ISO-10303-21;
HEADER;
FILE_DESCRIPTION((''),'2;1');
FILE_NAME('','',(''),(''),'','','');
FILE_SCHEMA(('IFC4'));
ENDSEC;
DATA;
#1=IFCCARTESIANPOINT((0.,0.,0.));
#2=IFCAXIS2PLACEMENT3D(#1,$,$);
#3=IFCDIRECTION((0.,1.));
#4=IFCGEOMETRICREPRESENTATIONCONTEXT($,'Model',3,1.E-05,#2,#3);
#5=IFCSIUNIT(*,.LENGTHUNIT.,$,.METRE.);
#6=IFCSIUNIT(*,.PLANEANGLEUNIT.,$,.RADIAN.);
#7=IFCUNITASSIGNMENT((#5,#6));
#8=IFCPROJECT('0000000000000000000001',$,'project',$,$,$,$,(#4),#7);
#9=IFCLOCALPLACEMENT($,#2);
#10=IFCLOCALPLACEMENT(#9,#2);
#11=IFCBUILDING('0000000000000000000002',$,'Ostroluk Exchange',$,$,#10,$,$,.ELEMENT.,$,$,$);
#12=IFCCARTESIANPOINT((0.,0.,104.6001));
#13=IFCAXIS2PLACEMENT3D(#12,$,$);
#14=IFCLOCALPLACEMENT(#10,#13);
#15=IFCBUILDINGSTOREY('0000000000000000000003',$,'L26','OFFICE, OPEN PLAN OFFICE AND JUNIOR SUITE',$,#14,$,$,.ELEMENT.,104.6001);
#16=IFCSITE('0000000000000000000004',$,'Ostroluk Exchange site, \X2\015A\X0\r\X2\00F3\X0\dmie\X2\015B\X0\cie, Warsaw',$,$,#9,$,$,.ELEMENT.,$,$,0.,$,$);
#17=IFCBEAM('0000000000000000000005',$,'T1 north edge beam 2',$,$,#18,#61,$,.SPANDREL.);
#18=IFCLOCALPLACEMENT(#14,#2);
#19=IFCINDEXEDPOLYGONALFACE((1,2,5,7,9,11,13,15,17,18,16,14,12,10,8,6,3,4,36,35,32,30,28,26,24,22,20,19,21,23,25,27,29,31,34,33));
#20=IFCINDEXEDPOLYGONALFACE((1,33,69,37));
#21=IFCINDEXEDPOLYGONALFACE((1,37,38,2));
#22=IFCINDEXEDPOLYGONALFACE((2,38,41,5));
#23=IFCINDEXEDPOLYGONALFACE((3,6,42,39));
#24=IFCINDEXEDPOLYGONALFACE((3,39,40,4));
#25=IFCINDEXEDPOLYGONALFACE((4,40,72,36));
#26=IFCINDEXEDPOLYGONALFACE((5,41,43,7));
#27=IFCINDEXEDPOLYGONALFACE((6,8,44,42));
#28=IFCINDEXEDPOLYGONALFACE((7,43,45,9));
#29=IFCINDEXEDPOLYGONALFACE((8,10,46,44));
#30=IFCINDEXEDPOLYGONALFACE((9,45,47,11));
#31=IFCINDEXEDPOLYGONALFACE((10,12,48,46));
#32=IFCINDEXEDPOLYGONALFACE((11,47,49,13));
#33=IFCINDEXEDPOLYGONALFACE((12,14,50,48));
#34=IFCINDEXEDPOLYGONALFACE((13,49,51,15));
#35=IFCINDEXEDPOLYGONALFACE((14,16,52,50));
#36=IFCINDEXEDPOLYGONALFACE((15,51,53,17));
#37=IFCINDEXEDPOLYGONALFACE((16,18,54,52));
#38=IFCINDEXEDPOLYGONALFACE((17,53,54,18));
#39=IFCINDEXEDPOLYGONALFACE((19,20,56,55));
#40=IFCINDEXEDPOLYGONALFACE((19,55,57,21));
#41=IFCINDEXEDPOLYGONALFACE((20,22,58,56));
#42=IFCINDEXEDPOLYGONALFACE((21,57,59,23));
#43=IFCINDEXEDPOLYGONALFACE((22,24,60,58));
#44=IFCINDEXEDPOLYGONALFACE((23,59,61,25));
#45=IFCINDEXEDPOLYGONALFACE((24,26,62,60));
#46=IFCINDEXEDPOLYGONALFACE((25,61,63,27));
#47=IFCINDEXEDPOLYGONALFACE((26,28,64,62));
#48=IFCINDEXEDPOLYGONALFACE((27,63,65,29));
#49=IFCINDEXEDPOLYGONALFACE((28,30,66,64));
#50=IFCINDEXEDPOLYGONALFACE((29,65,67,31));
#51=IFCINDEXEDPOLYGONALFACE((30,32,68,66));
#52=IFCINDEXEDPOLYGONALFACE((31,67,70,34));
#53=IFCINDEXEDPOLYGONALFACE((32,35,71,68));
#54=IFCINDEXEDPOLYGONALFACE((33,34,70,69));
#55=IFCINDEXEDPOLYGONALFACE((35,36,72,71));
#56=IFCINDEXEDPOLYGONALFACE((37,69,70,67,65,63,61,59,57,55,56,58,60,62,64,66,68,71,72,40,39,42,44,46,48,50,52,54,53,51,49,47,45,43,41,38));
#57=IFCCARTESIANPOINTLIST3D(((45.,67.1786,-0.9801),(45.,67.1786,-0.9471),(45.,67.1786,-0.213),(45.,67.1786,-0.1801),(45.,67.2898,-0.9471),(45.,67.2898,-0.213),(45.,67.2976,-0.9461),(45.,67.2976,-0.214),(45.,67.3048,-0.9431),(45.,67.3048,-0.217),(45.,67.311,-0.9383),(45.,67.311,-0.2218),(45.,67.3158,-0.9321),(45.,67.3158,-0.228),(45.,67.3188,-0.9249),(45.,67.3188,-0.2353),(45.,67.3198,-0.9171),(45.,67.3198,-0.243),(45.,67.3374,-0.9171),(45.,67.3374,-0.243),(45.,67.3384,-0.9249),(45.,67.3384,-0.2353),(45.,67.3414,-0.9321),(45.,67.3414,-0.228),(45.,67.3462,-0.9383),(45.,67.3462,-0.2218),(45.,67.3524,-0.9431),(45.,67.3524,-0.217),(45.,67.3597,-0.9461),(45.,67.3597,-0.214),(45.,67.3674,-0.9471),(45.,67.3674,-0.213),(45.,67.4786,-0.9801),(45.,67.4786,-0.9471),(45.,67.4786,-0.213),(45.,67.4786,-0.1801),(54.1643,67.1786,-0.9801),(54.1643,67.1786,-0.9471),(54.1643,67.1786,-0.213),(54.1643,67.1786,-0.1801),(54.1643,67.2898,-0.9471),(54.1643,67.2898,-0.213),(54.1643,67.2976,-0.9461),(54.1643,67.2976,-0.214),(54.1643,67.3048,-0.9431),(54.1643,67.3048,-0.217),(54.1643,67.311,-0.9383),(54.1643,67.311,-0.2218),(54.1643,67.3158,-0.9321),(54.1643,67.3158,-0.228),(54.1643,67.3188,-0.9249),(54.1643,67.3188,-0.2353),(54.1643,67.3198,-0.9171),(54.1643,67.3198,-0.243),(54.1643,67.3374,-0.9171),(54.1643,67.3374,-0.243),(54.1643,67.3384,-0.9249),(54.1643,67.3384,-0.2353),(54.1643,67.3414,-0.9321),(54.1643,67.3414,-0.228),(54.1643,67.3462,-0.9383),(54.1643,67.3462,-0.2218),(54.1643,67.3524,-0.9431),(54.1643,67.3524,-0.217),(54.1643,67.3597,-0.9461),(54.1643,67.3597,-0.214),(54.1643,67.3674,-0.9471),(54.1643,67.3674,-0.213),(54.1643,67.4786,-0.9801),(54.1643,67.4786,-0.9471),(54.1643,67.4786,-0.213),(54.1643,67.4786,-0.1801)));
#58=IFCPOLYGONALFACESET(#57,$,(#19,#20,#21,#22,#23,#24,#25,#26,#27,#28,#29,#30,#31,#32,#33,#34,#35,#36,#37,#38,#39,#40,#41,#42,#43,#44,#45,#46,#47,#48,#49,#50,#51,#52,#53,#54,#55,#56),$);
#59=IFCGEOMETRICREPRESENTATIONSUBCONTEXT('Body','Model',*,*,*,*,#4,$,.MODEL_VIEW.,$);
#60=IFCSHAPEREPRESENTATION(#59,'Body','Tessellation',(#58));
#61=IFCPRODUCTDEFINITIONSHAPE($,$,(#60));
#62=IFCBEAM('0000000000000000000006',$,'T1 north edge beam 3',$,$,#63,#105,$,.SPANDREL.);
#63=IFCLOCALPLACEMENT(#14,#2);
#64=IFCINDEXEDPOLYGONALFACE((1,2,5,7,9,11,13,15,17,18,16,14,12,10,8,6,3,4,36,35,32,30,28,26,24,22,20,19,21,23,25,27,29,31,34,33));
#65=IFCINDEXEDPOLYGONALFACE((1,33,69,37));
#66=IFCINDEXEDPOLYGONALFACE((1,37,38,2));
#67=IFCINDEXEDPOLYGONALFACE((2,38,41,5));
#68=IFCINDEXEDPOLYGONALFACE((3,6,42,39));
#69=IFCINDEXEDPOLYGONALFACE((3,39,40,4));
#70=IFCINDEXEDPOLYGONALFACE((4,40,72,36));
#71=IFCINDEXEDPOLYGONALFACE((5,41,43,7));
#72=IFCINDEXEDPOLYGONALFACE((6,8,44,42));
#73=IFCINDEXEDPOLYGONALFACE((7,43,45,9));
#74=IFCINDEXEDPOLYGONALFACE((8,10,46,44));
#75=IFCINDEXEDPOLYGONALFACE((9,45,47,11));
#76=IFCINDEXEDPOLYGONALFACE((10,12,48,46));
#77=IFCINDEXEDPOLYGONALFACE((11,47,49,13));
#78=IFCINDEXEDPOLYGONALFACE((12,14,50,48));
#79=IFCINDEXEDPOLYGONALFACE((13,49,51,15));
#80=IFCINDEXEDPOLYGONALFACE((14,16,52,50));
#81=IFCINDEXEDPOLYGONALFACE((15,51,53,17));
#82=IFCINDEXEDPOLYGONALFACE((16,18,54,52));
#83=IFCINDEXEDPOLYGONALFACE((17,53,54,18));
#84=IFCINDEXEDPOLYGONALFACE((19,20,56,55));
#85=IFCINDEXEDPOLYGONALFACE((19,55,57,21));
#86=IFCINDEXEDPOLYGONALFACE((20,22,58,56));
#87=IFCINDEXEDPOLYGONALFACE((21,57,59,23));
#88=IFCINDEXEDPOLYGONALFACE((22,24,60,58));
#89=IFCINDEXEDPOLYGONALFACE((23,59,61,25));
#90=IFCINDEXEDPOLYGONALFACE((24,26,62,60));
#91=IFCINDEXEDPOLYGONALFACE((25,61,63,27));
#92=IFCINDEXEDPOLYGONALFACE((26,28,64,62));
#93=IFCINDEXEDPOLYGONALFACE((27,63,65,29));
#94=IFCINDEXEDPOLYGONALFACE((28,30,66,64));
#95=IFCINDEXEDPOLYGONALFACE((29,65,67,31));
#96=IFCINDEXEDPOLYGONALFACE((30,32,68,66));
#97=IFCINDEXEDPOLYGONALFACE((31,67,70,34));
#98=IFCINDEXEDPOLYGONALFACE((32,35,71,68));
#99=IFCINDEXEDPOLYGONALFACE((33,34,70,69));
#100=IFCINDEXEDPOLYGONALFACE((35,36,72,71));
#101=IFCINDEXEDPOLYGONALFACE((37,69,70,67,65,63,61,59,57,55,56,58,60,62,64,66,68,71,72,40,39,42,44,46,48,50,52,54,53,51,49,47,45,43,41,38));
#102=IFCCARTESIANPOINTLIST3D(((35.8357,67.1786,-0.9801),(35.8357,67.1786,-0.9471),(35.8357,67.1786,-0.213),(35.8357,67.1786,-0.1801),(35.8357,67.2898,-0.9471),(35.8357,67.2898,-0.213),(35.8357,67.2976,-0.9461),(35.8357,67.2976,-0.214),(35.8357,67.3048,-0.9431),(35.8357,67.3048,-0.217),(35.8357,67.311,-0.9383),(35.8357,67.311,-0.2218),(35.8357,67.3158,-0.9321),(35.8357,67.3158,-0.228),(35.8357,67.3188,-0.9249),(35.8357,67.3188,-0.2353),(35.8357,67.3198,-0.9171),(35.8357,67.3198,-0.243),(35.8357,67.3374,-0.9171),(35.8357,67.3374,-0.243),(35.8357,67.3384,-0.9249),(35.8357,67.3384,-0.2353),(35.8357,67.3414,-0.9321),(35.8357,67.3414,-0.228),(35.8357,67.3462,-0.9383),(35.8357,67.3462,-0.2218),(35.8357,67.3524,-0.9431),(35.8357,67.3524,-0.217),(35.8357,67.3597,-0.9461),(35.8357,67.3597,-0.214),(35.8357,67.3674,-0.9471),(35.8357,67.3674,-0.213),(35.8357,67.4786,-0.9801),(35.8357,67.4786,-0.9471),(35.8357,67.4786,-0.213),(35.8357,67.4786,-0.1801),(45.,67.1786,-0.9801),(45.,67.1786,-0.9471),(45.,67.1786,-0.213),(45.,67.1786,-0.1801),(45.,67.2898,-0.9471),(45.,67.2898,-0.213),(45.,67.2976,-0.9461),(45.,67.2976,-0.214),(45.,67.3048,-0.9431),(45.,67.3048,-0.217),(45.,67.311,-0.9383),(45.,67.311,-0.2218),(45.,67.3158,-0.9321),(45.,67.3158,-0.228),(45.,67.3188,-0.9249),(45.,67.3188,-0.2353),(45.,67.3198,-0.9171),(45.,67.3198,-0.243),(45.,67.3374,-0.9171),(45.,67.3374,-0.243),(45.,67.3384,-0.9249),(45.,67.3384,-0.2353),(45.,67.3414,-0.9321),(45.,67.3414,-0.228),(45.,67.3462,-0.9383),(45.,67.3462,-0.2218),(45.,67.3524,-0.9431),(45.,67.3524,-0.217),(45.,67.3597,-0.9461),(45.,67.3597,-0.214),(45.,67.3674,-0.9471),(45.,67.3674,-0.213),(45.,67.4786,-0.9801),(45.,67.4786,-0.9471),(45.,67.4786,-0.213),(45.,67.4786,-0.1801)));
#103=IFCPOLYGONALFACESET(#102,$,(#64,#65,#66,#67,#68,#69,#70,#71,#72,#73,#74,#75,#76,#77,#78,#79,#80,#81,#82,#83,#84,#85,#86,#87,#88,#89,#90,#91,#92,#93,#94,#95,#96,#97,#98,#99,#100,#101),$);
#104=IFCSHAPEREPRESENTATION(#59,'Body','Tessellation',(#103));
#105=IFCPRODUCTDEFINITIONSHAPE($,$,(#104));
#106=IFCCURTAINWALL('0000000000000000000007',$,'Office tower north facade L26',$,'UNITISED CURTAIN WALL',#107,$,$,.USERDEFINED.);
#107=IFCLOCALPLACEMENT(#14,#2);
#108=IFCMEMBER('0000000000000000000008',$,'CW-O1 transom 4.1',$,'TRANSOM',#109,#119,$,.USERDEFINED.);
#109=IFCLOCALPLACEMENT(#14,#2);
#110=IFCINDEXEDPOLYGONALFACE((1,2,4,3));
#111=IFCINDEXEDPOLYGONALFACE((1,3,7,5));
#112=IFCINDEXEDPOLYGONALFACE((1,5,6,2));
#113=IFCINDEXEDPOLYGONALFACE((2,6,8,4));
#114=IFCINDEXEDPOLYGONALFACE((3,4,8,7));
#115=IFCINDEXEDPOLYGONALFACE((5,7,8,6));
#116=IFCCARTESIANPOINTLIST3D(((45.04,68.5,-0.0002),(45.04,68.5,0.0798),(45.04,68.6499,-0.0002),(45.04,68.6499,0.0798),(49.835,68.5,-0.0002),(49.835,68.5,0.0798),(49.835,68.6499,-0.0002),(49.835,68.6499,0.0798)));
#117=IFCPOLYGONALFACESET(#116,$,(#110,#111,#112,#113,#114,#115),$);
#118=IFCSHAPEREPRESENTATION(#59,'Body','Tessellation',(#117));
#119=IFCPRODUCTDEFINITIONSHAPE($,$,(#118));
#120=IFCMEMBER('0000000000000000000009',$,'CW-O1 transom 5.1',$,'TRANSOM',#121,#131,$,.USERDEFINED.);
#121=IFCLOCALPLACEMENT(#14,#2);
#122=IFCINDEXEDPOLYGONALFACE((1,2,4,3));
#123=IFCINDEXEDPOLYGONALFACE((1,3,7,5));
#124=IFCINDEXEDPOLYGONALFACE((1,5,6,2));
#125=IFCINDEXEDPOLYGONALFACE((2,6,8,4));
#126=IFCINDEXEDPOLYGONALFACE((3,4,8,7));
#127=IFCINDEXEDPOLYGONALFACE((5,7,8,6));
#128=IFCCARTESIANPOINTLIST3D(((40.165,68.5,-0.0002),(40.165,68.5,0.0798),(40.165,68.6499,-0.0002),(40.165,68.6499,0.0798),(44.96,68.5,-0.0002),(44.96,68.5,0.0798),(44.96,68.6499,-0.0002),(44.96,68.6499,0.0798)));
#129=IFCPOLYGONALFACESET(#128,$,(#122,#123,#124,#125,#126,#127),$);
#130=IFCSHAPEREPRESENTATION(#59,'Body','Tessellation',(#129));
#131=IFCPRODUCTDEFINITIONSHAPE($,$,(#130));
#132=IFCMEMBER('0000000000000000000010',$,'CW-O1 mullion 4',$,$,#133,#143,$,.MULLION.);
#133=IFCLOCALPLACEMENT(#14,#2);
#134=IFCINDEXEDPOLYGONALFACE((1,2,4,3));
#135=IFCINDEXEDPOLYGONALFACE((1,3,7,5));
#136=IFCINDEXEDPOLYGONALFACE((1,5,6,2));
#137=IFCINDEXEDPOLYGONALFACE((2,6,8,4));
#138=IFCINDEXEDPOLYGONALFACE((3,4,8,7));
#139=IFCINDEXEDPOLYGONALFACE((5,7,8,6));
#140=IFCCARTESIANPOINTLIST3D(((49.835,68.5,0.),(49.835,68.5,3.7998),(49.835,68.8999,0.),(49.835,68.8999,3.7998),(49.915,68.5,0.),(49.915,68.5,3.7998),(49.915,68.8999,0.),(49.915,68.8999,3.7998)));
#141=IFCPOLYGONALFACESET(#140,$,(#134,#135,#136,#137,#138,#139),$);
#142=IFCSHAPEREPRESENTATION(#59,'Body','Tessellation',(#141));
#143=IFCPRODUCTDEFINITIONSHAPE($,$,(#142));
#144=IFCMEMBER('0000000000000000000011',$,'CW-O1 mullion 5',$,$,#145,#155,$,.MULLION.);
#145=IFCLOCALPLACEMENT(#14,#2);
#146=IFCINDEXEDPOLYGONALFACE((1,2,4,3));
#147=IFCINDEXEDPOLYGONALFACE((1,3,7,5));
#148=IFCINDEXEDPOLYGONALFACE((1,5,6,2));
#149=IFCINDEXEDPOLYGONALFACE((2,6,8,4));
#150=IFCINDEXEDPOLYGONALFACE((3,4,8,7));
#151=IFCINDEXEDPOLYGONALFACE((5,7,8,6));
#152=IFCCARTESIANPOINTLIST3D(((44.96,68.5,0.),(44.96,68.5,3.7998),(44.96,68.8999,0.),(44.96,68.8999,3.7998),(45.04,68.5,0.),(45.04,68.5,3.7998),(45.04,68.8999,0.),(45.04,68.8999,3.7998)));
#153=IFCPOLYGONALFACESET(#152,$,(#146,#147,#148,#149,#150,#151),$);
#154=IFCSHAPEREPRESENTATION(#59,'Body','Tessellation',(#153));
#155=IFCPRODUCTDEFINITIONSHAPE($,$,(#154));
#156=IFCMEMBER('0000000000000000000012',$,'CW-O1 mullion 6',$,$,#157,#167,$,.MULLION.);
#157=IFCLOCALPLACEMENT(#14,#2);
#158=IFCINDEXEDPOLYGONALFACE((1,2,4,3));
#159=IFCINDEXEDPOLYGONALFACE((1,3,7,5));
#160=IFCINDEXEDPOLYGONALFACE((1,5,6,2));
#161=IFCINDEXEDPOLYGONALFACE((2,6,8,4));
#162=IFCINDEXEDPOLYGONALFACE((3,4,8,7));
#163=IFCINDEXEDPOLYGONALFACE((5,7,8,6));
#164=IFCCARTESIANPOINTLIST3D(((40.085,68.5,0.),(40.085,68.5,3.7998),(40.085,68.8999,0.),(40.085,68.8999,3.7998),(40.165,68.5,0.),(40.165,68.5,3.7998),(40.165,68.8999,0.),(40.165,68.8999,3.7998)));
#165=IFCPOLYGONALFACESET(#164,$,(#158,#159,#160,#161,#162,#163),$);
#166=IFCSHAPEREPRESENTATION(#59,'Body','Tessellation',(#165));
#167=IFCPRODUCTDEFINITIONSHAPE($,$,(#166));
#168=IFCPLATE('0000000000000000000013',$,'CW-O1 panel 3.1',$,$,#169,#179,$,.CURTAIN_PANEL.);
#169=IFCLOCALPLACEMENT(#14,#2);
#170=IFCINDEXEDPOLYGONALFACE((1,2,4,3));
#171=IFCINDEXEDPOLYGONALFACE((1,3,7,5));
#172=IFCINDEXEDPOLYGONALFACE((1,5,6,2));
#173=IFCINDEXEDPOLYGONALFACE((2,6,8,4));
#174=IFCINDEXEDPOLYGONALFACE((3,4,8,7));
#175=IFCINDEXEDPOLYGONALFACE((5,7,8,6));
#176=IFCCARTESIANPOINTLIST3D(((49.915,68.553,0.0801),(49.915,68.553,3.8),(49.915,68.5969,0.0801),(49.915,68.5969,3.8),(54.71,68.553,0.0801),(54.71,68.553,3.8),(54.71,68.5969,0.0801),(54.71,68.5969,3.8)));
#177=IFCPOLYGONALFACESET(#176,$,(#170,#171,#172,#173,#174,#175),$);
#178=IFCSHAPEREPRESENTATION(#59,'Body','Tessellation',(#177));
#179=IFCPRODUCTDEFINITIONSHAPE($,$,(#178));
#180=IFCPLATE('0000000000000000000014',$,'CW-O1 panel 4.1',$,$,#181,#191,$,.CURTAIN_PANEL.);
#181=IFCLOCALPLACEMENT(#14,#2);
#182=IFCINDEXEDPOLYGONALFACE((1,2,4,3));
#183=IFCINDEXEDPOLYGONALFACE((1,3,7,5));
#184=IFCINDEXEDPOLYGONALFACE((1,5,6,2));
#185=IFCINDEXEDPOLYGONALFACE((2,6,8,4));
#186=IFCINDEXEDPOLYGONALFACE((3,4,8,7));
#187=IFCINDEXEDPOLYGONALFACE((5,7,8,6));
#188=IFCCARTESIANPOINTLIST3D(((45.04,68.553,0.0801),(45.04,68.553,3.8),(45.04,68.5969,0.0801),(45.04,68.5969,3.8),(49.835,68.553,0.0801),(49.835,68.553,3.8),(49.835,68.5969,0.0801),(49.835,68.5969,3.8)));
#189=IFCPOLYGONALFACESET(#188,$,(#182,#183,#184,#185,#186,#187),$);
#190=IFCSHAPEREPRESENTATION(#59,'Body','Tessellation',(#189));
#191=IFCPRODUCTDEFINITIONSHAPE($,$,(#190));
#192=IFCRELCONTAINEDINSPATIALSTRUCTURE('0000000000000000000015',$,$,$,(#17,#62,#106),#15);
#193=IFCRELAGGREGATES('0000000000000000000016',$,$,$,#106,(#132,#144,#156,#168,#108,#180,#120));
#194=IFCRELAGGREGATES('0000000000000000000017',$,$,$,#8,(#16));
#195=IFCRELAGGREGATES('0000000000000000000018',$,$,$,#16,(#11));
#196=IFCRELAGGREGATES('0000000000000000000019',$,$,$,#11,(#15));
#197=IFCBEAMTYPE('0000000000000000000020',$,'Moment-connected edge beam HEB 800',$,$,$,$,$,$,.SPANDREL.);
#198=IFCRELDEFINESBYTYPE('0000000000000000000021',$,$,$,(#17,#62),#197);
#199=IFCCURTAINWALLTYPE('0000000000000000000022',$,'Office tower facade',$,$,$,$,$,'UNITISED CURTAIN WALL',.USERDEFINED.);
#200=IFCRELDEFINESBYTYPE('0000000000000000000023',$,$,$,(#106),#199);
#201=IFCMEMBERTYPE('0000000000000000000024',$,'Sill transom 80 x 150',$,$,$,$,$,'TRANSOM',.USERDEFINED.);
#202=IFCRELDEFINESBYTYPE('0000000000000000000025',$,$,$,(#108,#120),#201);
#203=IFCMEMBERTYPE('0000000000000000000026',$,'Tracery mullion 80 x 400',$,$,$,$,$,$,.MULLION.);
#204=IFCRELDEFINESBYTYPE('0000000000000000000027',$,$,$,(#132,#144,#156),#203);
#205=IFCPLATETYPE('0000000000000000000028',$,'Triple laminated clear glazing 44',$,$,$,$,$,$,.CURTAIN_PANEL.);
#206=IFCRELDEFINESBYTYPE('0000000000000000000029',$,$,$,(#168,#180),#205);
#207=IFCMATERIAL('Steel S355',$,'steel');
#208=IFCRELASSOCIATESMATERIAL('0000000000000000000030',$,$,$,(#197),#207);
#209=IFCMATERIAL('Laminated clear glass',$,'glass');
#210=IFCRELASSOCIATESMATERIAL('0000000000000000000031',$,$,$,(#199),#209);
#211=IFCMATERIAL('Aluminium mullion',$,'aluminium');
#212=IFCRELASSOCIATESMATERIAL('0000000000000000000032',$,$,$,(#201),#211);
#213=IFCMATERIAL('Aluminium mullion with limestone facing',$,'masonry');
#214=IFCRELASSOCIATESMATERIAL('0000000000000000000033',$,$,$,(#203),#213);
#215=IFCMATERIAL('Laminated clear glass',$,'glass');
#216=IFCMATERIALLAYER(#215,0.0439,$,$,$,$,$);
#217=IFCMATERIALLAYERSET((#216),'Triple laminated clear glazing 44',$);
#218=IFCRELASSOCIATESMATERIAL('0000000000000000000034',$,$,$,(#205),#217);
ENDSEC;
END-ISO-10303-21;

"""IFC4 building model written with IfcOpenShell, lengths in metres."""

from ifc_helpers import new_model, si_unit, direction, frame, origin, origin_2d, place, context, subcontext, project, spatial, rectangle, i_section, extrude, material, layer, layer_set, material_profile, profile_set, type_object, element, aggregate, save


model = new_model("IFC4")

# Units and contexts
model_context = context("Model", 3, precision=1e-05, world=origin(), true_north=direction((0.0, 1.0)))
body_context = subcontext(model_context, "Body", "Model", "MODEL_VIEW")
ifc_project = project(units=[si_unit("LENGTHUNIT", "METRE"), si_unit("PLANEANGLEUNIT", "RADIAN")], contexts=[model_context])

# Site, building, storey
site_placement = place(None, origin())
site = spatial("IfcSite", under=ifc_project, at=site_placement, Name="Ostroluk Exchange site, Śródmieście, Warsaw", CompositionType="ELEMENT", RefElevation=0.0)
building_placement = place(site_placement, origin())
building = spatial("IfcBuilding", under=site, at=building_placement, Name="Ostroluk Exchange", CompositionType="ELEMENT")
storey_placement = place(building_placement, frame((0.0, 0.0, 104.6001)))
storey = spatial("IfcBuildingStorey", under=building, at=storey_placement, Name="L26", Description="OFFICE, OPEN PLAN OFFICE AND JUNIOR SUITE", CompositionType="ELEMENT", Elevation=104.6001)

# Beams
ifc_material_1 = material(Name="Steel S355", Category="steel")
ifc_material_profile_1 = material_profile(ifc_material_1, i_section(OverallWidth=0.3, OverallDepth=0.8, WebThickness=0.0176, FlangeThickness=0.033, FilletRadius=0.03, at=origin_2d()), Name="HEB 800")
ifc_profile_set_1 = profile_set([ifc_material_profile_1], Name="Steel S355")
beam_type_1 = type_object("IfcBeamType", Name="Moment-connected edge beam HEB 800", PredefinedType="SPANDREL", material=ifc_profile_set_1)
for number, where, z_axis, x_axis, name in (
    (1, (54.1643, 67.3286, -0.5801), (-1.0, 0.0, 0.0), (0.0, -1.0, 0.0), "T1 north edge beam 2"),
    (2, (45.0, 67.3286, -0.5801), (-1.0, 0.0, 0.0), (0.0, -1.0, 0.0), "T1 north edge beam 3"),
):
    element("IfcBeam", number, at=place(storey_placement, frame(where, z_axis=z_axis, x_axis=x_axis)), inside=storey, type_object=beam_type_1, Name=name, PredefinedType="SPANDREL", context=body_context, shape_type="SweptSolid", body=[
        extrude(i_section(OverallWidth=0.3, OverallDepth=0.8, WebThickness=0.0176, FlangeThickness=0.033, FilletRadius=0.03, at=origin_2d()), origin(), (0.0, 0.0, 1.0), 9.1643),
    ])

# Curtain wall, members, plates
ifc_material_2 = material(Name="Laminated clear glass", Category="glass")
curtain_wall_type = type_object("IfcCurtainWallType", Name="Office tower facade", ElementType="UNITISED CURTAIN WALL", PredefinedType="USERDEFINED", material=ifc_material_2)
curtain_wall_placement = place(storey_placement, origin())
curtain_wall = element("IfcCurtainWall", 3, at=curtain_wall_placement, inside=storey, type_object=curtain_wall_type, Name="Office tower north facade L26", ObjectType="UNITISED CURTAIN WALL", PredefinedType="USERDEFINED")
ifc_material_3 = material(Name="Aluminium mullion", Category="aluminium")
ifc_material_profile_2 = material_profile(ifc_material_3, rectangle(XDim=0.1499, YDim=0.0801, at=origin_2d()), Name="Sill transom 80 x 150")
ifc_profile_set_2 = profile_set([ifc_material_profile_2], Name="Aluminium mullion")
member_type_1 = type_object("IfcMemberType", Name="Sill transom 80 x 150", ElementType="TRANSOM", PredefinedType="USERDEFINED", material=ifc_profile_set_2)
member_1_placement = place(storey_placement, frame((49.835, 68.575, 0.0398), z_axis=(-1.0, 0.0, 0.0), x_axis=(0.0, -1.0, 0.0)))
member_1 = element("IfcMember", 4, at=member_1_placement, type_object=member_type_1, Name="CW-O1 transom 4.1", ObjectType="TRANSOM", PredefinedType="USERDEFINED", context=body_context, shape_type="SweptSolid", body=[
    extrude(rectangle(XDim=0.1499, YDim=0.0801, at=origin_2d()), origin(), (0.0, 0.0, 1.0), 4.7949),
])
member_2_placement = place(storey_placement, frame((44.96, 68.575, 0.0398), z_axis=(-1.0, 0.0, 0.0), x_axis=(0.0, -1.0, 0.0)))
member_2 = element("IfcMember", 5, at=member_2_placement, type_object=member_type_1, Name="CW-O1 transom 5.1", ObjectType="TRANSOM", PredefinedType="USERDEFINED", context=body_context, shape_type="SweptSolid", body=[
    extrude(rectangle(XDim=0.1499, YDim=0.0801, at=origin_2d()), origin(), (0.0, 0.0, 1.0), 4.7949),
])
ifc_material_4 = material(Name="Aluminium mullion with limestone facing", Category="masonry")
ifc_material_profile_3 = material_profile(ifc_material_4, rectangle(XDim=0.3999, YDim=0.0801, at=origin_2d()), Name="Tracery mullion 80 x 400")
ifc_profile_set_3 = profile_set([ifc_material_profile_3], Name="Aluminium mullion with limestone facing")
member_type_2 = type_object("IfcMemberType", Name="Tracery mullion 80 x 400", PredefinedType="MULLION", material=ifc_profile_set_3)
member_3_placement = place(storey_placement, frame((49.875, 68.7, 0.0), z_axis=(0.0, 0.0, 1.0), x_axis=(0.0, -1.0, 0.0)))
member_3 = element("IfcMember", 6, at=member_3_placement, type_object=member_type_2, Name="CW-O1 mullion 4", PredefinedType="MULLION", context=body_context, shape_type="SweptSolid", body=[
    extrude(rectangle(XDim=0.3999, YDim=0.0801, at=origin_2d()), origin(), (0.0, 0.0, 1.0), 3.7998),
])
member_4_placement = place(storey_placement, frame((45.0, 68.7, 0.0), z_axis=(0.0, 0.0, 1.0), x_axis=(0.0, -1.0, 0.0)))
member_4 = element("IfcMember", 7, at=member_4_placement, type_object=member_type_2, Name="CW-O1 mullion 5", PredefinedType="MULLION", context=body_context, shape_type="SweptSolid", body=[
    extrude(rectangle(XDim=0.3999, YDim=0.0801, at=origin_2d()), origin(), (0.0, 0.0, 1.0), 3.7998),
])
member_5_placement = place(storey_placement, frame((40.125, 68.7, 0.0), z_axis=(0.0, 0.0, 1.0), x_axis=(0.0, -1.0, 0.0)))
member_5 = element("IfcMember", 8, at=member_5_placement, type_object=member_type_2, Name="CW-O1 mullion 6", PredefinedType="MULLION", context=body_context, shape_type="SweptSolid", body=[
    extrude(rectangle(XDim=0.3999, YDim=0.0801, at=origin_2d()), origin(), (0.0, 0.0, 1.0), 3.7998),
])
ifc_material_5 = material(Name="Laminated clear glass", Category="glass")
ifc_layer_1 = layer(ifc_material_5, 0.0439)
ifc_layer_set_1 = layer_set([ifc_layer_1], Name="Triple laminated clear glazing 44")
plate_type = type_object("IfcPlateType", Name="Triple laminated clear glazing 44", PredefinedType="CURTAIN_PANEL", material=ifc_layer_set_1)
plate_1_placement = place(storey_placement, frame((52.3125, 68.575, 0.0801), z_axis=(0.0, 0.0, 1.0), x_axis=(-1.0, 0.0, 0.0)))
plate_1 = element("IfcPlate", 9, at=plate_1_placement, type_object=plate_type, Name="CW-O1 panel 3.1", PredefinedType="CURTAIN_PANEL", context=body_context, shape_type="SweptSolid", body=[
    extrude(rectangle(XDim=4.7949, YDim=0.0439, at=origin_2d()), origin(), (0.0, 0.0, 1.0), 3.72),
])
plate_2_placement = place(storey_placement, frame((47.4375, 68.575, 0.0801), z_axis=(0.0, 0.0, 1.0), x_axis=(-1.0, 0.0, 0.0)))
plate_2 = element("IfcPlate", 10, at=plate_2_placement, type_object=plate_type, Name="CW-O1 panel 4.1", PredefinedType="CURTAIN_PANEL", context=body_context, shape_type="SweptSolid", body=[
    extrude(rectangle(XDim=4.7949, YDim=0.0439, at=origin_2d()), origin(), (0.0, 0.0, 1.0), 3.72),
])
aggregate(curtain_wall, [member_3, member_4, member_5, plate_1, member_1, plate_2, member_2])

save(model, "model.ifc")
